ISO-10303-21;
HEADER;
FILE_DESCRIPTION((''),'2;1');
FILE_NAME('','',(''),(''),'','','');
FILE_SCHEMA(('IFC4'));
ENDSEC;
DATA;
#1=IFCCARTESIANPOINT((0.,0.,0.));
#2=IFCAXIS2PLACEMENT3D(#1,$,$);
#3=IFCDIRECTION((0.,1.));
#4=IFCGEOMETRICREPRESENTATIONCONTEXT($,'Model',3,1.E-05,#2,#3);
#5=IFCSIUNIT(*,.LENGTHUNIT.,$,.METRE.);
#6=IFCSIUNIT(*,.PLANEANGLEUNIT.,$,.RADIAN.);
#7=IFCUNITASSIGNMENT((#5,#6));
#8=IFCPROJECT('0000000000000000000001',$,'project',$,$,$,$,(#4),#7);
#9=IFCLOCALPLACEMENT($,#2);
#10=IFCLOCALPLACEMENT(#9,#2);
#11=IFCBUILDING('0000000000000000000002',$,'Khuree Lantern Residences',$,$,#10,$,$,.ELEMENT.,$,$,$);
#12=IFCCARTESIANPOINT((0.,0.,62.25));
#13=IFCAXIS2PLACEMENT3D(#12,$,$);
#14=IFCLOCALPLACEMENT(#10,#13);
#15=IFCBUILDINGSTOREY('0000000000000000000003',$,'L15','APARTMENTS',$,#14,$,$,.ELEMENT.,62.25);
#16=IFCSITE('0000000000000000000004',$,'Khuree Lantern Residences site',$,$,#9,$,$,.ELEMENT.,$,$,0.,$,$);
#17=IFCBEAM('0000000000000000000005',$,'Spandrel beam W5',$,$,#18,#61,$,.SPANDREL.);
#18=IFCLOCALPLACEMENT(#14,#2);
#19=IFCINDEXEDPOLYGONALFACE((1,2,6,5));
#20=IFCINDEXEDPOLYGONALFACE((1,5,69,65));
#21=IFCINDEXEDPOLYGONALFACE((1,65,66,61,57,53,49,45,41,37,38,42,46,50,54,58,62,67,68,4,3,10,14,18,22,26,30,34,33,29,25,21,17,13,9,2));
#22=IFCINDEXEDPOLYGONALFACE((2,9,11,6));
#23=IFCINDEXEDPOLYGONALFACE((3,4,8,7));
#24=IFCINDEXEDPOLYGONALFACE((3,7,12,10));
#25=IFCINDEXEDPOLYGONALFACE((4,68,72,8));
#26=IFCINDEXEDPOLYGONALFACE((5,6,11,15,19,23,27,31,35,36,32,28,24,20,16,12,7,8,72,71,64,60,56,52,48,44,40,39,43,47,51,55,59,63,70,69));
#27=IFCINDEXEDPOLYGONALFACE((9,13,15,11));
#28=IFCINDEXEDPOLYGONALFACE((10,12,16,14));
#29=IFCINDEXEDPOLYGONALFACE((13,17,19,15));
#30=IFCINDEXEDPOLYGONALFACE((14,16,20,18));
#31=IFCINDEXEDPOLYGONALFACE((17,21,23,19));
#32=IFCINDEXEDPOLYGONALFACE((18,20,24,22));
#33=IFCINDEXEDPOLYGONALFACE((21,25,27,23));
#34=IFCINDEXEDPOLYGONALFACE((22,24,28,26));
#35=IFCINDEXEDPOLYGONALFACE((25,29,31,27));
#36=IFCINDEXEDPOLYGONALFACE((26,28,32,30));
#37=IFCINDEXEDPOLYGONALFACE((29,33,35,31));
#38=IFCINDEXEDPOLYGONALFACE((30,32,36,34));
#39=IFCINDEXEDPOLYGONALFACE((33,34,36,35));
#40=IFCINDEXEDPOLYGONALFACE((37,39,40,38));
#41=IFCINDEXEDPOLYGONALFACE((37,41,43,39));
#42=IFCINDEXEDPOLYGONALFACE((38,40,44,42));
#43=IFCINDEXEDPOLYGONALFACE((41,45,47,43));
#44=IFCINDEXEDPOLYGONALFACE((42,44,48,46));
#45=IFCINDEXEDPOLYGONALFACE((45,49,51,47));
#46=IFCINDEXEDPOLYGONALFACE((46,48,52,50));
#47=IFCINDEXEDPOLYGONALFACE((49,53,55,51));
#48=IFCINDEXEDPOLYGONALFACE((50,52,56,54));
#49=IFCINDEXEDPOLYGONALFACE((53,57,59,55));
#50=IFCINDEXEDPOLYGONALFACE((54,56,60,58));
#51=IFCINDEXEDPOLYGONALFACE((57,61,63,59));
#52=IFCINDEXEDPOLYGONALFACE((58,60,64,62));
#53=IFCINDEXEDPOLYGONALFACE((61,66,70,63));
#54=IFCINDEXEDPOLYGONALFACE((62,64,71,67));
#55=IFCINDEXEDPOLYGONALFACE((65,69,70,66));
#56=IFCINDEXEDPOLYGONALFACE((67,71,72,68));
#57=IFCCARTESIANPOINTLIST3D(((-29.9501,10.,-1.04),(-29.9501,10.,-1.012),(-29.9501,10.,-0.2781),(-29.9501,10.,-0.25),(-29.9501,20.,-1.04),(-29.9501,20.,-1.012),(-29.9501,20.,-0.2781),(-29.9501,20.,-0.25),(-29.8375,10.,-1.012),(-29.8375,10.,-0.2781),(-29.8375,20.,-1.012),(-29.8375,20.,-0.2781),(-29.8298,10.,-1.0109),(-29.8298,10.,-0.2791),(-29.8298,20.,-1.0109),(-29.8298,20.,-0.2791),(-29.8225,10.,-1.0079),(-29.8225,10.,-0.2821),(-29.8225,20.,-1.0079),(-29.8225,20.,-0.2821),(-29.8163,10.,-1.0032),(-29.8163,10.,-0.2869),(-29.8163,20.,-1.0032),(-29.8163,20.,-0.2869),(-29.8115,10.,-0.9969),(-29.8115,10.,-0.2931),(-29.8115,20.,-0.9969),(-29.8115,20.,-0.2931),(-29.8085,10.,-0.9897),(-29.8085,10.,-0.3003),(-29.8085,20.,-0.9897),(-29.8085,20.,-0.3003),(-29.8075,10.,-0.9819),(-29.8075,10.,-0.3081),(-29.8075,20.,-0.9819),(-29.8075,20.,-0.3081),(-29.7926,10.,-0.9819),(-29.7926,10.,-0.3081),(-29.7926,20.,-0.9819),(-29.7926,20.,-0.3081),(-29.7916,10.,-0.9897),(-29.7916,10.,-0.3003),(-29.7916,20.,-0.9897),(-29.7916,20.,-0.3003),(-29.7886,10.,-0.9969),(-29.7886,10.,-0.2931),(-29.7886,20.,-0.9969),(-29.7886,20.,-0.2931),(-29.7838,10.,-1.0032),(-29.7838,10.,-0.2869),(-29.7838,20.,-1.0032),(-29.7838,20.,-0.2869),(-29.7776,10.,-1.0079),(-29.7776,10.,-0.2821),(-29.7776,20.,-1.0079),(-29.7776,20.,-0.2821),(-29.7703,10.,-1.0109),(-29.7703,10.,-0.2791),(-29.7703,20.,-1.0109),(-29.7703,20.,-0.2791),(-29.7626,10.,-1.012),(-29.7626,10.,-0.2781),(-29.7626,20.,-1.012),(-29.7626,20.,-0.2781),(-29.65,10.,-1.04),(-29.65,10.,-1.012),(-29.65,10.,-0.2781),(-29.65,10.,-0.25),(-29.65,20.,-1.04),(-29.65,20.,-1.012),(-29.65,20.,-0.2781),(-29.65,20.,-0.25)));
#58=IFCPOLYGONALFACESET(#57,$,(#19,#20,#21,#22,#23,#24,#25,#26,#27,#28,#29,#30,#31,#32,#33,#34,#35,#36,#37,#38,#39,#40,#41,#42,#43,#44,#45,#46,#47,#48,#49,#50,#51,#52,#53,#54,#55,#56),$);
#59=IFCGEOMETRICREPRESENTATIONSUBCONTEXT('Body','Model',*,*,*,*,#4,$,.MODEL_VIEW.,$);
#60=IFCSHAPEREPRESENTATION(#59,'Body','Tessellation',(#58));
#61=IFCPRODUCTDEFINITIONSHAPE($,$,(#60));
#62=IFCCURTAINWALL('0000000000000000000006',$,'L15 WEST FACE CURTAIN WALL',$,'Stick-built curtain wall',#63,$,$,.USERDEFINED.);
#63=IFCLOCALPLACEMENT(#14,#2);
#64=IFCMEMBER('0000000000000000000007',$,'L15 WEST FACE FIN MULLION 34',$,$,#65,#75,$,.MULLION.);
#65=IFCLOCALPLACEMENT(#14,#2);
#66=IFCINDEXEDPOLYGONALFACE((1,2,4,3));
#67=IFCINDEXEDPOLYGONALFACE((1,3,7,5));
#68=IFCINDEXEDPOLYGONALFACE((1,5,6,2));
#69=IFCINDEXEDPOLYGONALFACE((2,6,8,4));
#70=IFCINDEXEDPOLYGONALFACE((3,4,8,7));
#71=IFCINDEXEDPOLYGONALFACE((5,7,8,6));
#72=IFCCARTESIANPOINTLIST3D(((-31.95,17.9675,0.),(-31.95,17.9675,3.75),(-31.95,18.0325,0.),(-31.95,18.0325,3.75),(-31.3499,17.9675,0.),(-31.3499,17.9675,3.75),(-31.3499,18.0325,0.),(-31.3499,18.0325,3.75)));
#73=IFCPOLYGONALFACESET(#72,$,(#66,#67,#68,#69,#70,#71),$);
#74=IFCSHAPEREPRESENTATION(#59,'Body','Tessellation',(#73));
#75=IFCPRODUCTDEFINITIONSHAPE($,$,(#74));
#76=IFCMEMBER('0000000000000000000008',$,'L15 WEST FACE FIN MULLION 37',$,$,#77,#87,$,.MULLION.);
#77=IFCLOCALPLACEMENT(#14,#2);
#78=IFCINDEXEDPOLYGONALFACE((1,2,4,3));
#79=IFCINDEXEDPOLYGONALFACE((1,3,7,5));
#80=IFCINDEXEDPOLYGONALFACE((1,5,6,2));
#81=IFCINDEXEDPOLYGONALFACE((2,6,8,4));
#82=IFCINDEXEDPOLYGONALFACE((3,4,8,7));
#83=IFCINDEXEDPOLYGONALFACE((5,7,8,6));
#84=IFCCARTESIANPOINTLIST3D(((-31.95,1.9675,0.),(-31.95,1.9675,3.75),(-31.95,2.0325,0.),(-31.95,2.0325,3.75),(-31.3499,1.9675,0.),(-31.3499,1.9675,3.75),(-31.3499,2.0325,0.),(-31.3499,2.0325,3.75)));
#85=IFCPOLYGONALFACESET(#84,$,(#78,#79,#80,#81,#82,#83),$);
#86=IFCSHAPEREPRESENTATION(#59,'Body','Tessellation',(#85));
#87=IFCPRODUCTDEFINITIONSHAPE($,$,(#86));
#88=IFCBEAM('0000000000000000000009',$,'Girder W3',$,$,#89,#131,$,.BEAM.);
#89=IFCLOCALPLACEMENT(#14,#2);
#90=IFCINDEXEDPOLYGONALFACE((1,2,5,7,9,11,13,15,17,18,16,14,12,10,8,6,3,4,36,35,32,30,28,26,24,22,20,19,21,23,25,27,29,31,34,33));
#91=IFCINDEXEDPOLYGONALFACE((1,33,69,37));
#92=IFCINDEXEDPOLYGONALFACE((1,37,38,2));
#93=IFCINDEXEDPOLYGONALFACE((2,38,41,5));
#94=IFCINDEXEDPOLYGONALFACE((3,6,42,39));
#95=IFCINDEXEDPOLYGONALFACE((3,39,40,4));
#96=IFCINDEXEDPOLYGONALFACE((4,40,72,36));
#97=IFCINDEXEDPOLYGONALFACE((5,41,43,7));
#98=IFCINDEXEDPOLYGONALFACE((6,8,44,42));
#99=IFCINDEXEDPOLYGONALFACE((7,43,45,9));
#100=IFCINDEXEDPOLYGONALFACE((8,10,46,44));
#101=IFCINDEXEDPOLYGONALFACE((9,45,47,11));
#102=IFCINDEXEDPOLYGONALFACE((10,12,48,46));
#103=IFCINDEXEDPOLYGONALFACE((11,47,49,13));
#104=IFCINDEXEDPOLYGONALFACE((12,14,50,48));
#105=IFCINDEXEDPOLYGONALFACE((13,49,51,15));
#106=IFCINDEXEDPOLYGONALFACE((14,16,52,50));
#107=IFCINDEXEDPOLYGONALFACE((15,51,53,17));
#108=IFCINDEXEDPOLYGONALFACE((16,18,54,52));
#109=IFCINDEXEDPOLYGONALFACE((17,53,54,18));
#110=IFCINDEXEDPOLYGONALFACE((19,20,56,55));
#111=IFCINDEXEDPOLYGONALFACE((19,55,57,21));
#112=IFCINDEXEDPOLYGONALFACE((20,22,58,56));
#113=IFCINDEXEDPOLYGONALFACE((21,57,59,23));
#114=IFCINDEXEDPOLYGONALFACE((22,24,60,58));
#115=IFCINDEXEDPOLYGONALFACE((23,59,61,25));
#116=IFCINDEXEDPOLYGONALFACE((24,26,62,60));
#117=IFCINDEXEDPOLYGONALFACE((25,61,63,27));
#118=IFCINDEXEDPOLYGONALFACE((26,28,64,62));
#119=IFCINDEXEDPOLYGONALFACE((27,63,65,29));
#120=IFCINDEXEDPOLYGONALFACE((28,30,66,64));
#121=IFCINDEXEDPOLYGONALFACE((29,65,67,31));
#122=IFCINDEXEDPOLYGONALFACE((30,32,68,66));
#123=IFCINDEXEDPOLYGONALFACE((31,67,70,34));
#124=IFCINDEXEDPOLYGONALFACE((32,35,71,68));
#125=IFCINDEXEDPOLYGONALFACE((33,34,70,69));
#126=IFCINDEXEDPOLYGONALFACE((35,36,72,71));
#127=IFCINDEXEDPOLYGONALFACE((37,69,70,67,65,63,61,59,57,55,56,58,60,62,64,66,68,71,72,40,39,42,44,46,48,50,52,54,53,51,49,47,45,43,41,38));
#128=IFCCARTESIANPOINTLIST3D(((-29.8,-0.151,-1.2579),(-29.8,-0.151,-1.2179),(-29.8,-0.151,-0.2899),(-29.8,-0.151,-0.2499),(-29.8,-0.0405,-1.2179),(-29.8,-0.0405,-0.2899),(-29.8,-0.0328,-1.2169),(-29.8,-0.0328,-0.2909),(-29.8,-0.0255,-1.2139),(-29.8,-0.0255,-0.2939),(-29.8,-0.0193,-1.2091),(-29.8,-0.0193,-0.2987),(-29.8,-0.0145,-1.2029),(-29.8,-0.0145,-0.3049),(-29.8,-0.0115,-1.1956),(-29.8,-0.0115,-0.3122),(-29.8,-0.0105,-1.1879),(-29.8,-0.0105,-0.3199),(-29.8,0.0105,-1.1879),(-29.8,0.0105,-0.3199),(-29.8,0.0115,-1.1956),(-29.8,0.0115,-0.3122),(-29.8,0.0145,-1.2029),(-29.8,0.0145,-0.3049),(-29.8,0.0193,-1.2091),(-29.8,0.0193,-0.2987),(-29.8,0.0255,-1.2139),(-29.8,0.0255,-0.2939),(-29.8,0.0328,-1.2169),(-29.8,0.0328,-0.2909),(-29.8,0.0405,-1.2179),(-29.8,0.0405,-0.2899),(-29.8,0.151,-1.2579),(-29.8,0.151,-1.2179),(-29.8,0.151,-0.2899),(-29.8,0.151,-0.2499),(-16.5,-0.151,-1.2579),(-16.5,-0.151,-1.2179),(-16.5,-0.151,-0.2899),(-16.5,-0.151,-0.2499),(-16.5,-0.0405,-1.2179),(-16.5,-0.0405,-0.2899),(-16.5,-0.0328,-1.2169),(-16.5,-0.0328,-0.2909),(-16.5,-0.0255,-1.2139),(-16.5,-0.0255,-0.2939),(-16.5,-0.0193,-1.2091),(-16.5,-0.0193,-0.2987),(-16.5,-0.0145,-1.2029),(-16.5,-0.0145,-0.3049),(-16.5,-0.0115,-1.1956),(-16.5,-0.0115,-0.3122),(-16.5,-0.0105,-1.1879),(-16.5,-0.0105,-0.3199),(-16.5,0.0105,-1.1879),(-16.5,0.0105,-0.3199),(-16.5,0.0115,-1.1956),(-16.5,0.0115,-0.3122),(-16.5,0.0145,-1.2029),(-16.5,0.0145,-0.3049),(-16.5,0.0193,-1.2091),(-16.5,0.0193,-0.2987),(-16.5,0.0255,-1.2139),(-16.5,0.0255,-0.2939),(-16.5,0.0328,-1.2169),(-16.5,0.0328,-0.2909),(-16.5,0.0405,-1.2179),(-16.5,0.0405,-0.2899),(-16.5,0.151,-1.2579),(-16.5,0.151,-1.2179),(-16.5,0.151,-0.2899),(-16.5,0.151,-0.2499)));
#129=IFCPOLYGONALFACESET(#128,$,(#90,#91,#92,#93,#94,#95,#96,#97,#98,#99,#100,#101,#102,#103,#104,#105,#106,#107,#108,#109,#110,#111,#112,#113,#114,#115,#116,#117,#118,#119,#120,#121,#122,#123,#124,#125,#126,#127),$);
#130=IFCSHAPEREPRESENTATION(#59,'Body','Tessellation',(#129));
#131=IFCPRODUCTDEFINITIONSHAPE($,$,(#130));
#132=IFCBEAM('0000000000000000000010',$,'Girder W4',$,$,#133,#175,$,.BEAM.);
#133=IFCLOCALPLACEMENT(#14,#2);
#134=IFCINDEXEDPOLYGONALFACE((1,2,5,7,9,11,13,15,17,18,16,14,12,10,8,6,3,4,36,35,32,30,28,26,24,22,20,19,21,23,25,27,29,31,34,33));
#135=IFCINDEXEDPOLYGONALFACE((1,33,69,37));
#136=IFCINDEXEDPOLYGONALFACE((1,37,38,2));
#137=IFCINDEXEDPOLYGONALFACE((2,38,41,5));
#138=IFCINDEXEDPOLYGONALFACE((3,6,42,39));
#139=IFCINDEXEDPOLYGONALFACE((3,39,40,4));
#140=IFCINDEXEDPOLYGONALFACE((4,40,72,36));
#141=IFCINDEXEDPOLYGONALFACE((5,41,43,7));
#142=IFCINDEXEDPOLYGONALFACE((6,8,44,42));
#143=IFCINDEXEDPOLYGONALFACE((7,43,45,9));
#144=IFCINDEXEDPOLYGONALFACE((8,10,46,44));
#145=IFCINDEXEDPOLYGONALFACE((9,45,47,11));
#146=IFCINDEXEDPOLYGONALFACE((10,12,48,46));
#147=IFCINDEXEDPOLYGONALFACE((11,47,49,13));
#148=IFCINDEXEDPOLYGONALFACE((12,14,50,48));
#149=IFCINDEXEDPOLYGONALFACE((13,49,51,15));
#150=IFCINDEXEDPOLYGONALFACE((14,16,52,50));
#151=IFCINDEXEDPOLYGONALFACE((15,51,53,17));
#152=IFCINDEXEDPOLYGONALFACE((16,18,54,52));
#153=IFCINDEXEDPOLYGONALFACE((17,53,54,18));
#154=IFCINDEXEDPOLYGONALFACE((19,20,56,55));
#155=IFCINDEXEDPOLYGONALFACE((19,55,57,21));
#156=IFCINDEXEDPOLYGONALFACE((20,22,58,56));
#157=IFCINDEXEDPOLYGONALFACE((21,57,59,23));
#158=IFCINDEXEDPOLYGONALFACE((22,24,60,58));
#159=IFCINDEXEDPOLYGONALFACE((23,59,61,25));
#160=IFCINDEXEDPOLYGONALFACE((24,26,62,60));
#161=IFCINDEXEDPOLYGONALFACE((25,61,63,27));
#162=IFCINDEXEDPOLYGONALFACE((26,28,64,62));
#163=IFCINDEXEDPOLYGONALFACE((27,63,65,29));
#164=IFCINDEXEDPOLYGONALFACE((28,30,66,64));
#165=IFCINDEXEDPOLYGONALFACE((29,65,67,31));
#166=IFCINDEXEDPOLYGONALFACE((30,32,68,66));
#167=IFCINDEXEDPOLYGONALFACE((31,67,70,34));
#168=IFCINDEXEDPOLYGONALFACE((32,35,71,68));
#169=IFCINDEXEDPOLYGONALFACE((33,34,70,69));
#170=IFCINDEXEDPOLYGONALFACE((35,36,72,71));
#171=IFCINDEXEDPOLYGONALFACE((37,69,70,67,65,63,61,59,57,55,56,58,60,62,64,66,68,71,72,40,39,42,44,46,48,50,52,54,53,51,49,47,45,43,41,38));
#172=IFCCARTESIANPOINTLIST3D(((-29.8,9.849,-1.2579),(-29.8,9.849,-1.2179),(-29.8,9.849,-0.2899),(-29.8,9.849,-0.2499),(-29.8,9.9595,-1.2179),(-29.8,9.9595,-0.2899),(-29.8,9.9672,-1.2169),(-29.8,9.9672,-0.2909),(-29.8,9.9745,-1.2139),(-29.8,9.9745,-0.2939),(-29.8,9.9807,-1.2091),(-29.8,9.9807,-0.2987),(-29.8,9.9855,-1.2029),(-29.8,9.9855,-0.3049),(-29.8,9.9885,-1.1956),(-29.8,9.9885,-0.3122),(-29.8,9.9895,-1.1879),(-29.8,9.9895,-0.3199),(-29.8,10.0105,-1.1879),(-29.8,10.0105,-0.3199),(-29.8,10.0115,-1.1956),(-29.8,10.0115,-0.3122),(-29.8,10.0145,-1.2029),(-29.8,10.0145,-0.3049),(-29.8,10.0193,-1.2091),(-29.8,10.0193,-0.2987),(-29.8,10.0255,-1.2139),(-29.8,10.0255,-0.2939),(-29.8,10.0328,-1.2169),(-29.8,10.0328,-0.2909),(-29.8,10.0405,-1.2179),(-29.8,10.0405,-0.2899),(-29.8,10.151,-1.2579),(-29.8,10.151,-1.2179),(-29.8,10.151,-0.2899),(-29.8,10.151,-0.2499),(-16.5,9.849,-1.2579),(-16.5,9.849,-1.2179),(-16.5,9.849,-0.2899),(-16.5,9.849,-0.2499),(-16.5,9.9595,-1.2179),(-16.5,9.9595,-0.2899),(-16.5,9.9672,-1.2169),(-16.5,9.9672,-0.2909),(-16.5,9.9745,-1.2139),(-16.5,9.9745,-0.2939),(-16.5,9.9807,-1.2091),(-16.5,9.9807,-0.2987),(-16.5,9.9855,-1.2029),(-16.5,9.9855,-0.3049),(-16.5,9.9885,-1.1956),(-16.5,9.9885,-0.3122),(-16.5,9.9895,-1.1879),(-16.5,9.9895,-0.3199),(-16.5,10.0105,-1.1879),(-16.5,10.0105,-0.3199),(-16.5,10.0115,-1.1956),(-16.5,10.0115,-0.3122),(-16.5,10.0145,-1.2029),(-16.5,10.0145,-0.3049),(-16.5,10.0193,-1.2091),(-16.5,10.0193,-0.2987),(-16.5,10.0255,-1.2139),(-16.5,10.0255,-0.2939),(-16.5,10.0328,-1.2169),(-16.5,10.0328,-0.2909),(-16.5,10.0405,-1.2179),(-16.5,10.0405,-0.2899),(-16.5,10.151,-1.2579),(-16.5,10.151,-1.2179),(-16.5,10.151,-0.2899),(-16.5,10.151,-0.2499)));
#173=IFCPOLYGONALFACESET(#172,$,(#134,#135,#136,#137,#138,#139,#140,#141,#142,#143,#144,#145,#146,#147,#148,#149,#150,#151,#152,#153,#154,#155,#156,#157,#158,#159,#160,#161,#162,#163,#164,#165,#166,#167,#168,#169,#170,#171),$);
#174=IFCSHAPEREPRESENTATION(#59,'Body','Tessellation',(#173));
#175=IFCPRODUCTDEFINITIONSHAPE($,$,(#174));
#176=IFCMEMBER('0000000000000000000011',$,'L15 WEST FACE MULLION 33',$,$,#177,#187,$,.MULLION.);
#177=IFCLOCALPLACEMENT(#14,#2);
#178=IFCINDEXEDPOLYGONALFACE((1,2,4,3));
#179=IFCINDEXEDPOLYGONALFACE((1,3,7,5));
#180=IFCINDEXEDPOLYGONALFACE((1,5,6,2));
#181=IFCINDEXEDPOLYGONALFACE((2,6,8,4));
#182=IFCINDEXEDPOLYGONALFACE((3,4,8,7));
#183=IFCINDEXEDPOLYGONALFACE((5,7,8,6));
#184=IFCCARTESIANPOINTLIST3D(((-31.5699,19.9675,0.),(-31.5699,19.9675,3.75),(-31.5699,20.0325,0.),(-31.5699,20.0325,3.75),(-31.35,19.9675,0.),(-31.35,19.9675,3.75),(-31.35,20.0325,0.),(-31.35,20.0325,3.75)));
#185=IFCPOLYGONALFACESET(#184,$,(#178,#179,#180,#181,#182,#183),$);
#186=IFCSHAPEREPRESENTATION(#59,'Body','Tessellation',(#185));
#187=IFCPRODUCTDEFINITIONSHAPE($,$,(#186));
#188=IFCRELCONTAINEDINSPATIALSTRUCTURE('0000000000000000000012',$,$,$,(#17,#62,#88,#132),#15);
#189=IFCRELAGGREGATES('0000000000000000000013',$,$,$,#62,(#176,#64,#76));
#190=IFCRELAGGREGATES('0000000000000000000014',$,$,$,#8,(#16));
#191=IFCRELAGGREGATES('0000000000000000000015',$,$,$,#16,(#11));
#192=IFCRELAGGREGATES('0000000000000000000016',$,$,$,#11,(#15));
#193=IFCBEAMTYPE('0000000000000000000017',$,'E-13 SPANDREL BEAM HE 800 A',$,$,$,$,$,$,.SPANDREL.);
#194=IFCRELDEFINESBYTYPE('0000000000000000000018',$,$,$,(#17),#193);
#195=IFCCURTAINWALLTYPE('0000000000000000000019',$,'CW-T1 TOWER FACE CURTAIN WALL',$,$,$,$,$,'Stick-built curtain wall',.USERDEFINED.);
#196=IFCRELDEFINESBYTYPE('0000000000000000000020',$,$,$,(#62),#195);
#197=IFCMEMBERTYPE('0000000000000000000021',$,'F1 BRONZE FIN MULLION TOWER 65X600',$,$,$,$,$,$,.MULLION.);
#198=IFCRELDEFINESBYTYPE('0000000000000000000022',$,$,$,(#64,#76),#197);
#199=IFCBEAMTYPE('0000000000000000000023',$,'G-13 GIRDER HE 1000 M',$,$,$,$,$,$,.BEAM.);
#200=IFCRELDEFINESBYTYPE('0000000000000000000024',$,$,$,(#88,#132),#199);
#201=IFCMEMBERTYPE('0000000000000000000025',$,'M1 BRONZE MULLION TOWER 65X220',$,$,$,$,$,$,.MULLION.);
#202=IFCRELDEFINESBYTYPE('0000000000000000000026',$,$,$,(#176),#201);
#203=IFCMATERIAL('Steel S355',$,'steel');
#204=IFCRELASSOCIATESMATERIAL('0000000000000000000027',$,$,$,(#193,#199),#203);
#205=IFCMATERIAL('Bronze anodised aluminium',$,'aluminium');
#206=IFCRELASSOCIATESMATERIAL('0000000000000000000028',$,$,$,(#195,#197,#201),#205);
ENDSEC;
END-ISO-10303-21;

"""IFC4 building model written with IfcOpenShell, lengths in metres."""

from ifc_helpers import new_model, si_unit, direction, frame, origin, origin_2d, place, context, subcontext, project, spatial, rectangle, i_section, extrude, material, material_profile, profile_set, type_object, element, aggregate, save


model = new_model("IFC4")

# Units and contexts
model_context = context("Model", 3, precision=1e-05, world=origin(), true_north=direction((0.0, 1.0)))
body_context = subcontext(model_context, "Body", "Model", "MODEL_VIEW")
ifc_project = project(units=[si_unit("LENGTHUNIT", "METRE"), si_unit("PLANEANGLEUNIT", "RADIAN")], contexts=[model_context])

# Site, building, storey
site_placement = place(None, origin())
site = spatial("IfcSite", under=ifc_project, at=site_placement, Name="Khuree Lantern Residences site", CompositionType="ELEMENT", RefElevation=0.0)
building_placement = place(site_placement, origin())
building = spatial("IfcBuilding", under=site, at=building_placement, Name="Khuree Lantern Residences", CompositionType="ELEMENT")
storey_placement = place(building_placement, frame((0.0, 0.0, 62.25)))
storey = spatial("IfcBuildingStorey", under=building, at=storey_placement, Name="L15", Description="APARTMENTS", CompositionType="ELEMENT", Elevation=62.25)

# Beam
ifc_material_1 = material(Name="Steel S355", Category="steel")
ifc_material_profile_1 = material_profile(ifc_material_1, i_section(OverallWidth=0.3, OverallDepth=0.79, WebThickness=0.0149, FlangeThickness=0.0281, FilletRadius=0.03, at=origin_2d()), Name="HE 800 A")
ifc_profile_set_1 = profile_set([ifc_material_profile_1], Name="Steel S355")
beam_type_1 = type_object("IfcBeamType", Name="E-13 SPANDREL BEAM HE 800 A", PredefinedType="SPANDREL", material=ifc_profile_set_1)
for number, where, z_axis, x_axis, name in (
    (1, (-29.8, 10.0, -0.645), (0.0, 1.0, 0.0), (-1.0, 0.0, 0.0), "Spandrel beam W5"),
):
    element("IfcBeam", number, at=place(storey_placement, frame(where, z_axis=z_axis, x_axis=x_axis)), inside=storey, type_object=beam_type_1, Name=name, PredefinedType="SPANDREL", context=body_context, shape_type="SweptSolid", body=[
        extrude(i_section(OverallWidth=0.3, OverallDepth=0.79, WebThickness=0.0149, FlangeThickness=0.0281, FilletRadius=0.03, at=origin_2d()), origin(), (0.0, 0.0, 1.0), 10.0),
    ])

# Curtain wall, members
ifc_material_2 = material(Name="Bronze anodised aluminium", Category="aluminium")
curtain_wall_type = type_object("IfcCurtainWallType", Name="CW-T1 TOWER FACE CURTAIN WALL", ElementType="Stick-built curtain wall", PredefinedType="USERDEFINED", material=ifc_material_2)
curtain_wall_placement = place(storey_placement, origin())
curtain_wall = element("IfcCurtainWall", 2, at=curtain_wall_placement, inside=storey, type_object=curtain_wall_type, Name="L15 WEST FACE CURTAIN WALL", ObjectType="Stick-built curtain wall", PredefinedType="USERDEFINED")
ifc_material_profile_2 = material_profile(ifc_material_2, rectangle(XDim=0.0649, YDim=0.6001, at=origin_2d()), Name="F1 65X600")
ifc_profile_set_2 = profile_set([ifc_material_profile_2], Name="Bronze anodised aluminium")
member_type_1 = type_object("IfcMemberType", Name="F1 BRONZE FIN MULLION TOWER 65X600", PredefinedType="MULLION", material=ifc_profile_set_2)
member_1_placement = place(storey_placement, frame((-31.6499, 18.0, 0.0), z_axis=(0.0, 0.0, 1.0), x_axis=(0.0, -1.0, 0.0)))
member_1 = element("IfcMember", 3, at=member_1_placement, type_object=member_type_1, Name="L15 WEST FACE FIN MULLION 34", PredefinedType="MULLION", context=body_context, shape_type="SweptSolid", body=[
    extrude(rectangle(XDim=0.0649, YDim=0.6001, at=origin_2d()), origin(), (0.0, 0.0, 1.0), 3.75),
])
member_2_placement = place(storey_placement, frame((-31.6499, 2.0, 0.0), z_axis=(0.0, 0.0, 1.0), x_axis=(0.0, -1.0, 0.0)))
member_2 = element("IfcMember", 4, at=member_2_placement, type_object=member_type_1, Name="L15 WEST FACE FIN MULLION 37", PredefinedType="MULLION", context=body_context, shape_type="SweptSolid", body=[
    extrude(rectangle(XDim=0.0649, YDim=0.6001, at=origin_2d()), origin(), (0.0, 0.0, 1.0), 3.75),
])

# Beams
ifc_material_profile_3 = material_profile(ifc_material_1, i_section(OverallWidth=0.302, OverallDepth=1.0081, WebThickness=0.021, FlangeThickness=0.04, FilletRadius=0.03, at=origin_2d()), Name="HE 1000 M")
ifc_profile_set_3 = profile_set([ifc_material_profile_3], Name="Steel S355")
beam_type_2 = type_object("IfcBeamType", Name="G-13 GIRDER HE 1000 M", PredefinedType="BEAM", material=ifc_profile_set_3)
for number, where, z_axis, x_axis, name in (
    (5, (-29.8, 0.0, -0.7539), (1.0, 0.0, 0.0), (0.0, 1.0, 0.0), "Girder W3"),
    (6, (-29.8, 10.0, -0.7539), (1.0, 0.0, 0.0), (0.0, 1.0, 0.0), "Girder W4"),
):
    element("IfcBeam", number, at=place(storey_placement, frame(where, z_axis=z_axis, x_axis=x_axis)), inside=storey, type_object=beam_type_2, Name=name, PredefinedType="BEAM", context=body_context, shape_type="SweptSolid", body=[
        extrude(i_section(OverallWidth=0.302, OverallDepth=1.0081, WebThickness=0.021, FlangeThickness=0.04, FilletRadius=0.03, at=origin_2d()), origin(), (0.0, 0.0, 1.0), 13.3),
    ])

# Member
ifc_material_profile_4 = material_profile(ifc_material_2, rectangle(XDim=0.0649, YDim=0.22, at=origin_2d()), Name="M1 65X220")
ifc_profile_set_4 = profile_set([ifc_material_profile_4], Name="Bronze anodised aluminium")
member_type_2 = type_object("IfcMemberType", Name="M1 BRONZE MULLION TOWER 65X220", PredefinedType="MULLION", material=ifc_profile_set_4)
member_3_placement = place(storey_placement, frame((-31.46, 20.0, 0.0), z_axis=(0.0, 0.0, 1.0), x_axis=(0.0, -1.0, 0.0)))
member_3 = element("IfcMember", 7, at=member_3_placement, type_object=member_type_2, Name="L15 WEST FACE MULLION 33", PredefinedType="MULLION", context=body_context, shape_type="SweptSolid", body=[
    extrude(rectangle(XDim=0.0649, YDim=0.22, at=origin_2d()), origin(), (0.0, 0.0, 1.0), 3.75),
])

aggregate(curtain_wall, [member_3, member_1, member_2])

save(model, "model.ifc")
